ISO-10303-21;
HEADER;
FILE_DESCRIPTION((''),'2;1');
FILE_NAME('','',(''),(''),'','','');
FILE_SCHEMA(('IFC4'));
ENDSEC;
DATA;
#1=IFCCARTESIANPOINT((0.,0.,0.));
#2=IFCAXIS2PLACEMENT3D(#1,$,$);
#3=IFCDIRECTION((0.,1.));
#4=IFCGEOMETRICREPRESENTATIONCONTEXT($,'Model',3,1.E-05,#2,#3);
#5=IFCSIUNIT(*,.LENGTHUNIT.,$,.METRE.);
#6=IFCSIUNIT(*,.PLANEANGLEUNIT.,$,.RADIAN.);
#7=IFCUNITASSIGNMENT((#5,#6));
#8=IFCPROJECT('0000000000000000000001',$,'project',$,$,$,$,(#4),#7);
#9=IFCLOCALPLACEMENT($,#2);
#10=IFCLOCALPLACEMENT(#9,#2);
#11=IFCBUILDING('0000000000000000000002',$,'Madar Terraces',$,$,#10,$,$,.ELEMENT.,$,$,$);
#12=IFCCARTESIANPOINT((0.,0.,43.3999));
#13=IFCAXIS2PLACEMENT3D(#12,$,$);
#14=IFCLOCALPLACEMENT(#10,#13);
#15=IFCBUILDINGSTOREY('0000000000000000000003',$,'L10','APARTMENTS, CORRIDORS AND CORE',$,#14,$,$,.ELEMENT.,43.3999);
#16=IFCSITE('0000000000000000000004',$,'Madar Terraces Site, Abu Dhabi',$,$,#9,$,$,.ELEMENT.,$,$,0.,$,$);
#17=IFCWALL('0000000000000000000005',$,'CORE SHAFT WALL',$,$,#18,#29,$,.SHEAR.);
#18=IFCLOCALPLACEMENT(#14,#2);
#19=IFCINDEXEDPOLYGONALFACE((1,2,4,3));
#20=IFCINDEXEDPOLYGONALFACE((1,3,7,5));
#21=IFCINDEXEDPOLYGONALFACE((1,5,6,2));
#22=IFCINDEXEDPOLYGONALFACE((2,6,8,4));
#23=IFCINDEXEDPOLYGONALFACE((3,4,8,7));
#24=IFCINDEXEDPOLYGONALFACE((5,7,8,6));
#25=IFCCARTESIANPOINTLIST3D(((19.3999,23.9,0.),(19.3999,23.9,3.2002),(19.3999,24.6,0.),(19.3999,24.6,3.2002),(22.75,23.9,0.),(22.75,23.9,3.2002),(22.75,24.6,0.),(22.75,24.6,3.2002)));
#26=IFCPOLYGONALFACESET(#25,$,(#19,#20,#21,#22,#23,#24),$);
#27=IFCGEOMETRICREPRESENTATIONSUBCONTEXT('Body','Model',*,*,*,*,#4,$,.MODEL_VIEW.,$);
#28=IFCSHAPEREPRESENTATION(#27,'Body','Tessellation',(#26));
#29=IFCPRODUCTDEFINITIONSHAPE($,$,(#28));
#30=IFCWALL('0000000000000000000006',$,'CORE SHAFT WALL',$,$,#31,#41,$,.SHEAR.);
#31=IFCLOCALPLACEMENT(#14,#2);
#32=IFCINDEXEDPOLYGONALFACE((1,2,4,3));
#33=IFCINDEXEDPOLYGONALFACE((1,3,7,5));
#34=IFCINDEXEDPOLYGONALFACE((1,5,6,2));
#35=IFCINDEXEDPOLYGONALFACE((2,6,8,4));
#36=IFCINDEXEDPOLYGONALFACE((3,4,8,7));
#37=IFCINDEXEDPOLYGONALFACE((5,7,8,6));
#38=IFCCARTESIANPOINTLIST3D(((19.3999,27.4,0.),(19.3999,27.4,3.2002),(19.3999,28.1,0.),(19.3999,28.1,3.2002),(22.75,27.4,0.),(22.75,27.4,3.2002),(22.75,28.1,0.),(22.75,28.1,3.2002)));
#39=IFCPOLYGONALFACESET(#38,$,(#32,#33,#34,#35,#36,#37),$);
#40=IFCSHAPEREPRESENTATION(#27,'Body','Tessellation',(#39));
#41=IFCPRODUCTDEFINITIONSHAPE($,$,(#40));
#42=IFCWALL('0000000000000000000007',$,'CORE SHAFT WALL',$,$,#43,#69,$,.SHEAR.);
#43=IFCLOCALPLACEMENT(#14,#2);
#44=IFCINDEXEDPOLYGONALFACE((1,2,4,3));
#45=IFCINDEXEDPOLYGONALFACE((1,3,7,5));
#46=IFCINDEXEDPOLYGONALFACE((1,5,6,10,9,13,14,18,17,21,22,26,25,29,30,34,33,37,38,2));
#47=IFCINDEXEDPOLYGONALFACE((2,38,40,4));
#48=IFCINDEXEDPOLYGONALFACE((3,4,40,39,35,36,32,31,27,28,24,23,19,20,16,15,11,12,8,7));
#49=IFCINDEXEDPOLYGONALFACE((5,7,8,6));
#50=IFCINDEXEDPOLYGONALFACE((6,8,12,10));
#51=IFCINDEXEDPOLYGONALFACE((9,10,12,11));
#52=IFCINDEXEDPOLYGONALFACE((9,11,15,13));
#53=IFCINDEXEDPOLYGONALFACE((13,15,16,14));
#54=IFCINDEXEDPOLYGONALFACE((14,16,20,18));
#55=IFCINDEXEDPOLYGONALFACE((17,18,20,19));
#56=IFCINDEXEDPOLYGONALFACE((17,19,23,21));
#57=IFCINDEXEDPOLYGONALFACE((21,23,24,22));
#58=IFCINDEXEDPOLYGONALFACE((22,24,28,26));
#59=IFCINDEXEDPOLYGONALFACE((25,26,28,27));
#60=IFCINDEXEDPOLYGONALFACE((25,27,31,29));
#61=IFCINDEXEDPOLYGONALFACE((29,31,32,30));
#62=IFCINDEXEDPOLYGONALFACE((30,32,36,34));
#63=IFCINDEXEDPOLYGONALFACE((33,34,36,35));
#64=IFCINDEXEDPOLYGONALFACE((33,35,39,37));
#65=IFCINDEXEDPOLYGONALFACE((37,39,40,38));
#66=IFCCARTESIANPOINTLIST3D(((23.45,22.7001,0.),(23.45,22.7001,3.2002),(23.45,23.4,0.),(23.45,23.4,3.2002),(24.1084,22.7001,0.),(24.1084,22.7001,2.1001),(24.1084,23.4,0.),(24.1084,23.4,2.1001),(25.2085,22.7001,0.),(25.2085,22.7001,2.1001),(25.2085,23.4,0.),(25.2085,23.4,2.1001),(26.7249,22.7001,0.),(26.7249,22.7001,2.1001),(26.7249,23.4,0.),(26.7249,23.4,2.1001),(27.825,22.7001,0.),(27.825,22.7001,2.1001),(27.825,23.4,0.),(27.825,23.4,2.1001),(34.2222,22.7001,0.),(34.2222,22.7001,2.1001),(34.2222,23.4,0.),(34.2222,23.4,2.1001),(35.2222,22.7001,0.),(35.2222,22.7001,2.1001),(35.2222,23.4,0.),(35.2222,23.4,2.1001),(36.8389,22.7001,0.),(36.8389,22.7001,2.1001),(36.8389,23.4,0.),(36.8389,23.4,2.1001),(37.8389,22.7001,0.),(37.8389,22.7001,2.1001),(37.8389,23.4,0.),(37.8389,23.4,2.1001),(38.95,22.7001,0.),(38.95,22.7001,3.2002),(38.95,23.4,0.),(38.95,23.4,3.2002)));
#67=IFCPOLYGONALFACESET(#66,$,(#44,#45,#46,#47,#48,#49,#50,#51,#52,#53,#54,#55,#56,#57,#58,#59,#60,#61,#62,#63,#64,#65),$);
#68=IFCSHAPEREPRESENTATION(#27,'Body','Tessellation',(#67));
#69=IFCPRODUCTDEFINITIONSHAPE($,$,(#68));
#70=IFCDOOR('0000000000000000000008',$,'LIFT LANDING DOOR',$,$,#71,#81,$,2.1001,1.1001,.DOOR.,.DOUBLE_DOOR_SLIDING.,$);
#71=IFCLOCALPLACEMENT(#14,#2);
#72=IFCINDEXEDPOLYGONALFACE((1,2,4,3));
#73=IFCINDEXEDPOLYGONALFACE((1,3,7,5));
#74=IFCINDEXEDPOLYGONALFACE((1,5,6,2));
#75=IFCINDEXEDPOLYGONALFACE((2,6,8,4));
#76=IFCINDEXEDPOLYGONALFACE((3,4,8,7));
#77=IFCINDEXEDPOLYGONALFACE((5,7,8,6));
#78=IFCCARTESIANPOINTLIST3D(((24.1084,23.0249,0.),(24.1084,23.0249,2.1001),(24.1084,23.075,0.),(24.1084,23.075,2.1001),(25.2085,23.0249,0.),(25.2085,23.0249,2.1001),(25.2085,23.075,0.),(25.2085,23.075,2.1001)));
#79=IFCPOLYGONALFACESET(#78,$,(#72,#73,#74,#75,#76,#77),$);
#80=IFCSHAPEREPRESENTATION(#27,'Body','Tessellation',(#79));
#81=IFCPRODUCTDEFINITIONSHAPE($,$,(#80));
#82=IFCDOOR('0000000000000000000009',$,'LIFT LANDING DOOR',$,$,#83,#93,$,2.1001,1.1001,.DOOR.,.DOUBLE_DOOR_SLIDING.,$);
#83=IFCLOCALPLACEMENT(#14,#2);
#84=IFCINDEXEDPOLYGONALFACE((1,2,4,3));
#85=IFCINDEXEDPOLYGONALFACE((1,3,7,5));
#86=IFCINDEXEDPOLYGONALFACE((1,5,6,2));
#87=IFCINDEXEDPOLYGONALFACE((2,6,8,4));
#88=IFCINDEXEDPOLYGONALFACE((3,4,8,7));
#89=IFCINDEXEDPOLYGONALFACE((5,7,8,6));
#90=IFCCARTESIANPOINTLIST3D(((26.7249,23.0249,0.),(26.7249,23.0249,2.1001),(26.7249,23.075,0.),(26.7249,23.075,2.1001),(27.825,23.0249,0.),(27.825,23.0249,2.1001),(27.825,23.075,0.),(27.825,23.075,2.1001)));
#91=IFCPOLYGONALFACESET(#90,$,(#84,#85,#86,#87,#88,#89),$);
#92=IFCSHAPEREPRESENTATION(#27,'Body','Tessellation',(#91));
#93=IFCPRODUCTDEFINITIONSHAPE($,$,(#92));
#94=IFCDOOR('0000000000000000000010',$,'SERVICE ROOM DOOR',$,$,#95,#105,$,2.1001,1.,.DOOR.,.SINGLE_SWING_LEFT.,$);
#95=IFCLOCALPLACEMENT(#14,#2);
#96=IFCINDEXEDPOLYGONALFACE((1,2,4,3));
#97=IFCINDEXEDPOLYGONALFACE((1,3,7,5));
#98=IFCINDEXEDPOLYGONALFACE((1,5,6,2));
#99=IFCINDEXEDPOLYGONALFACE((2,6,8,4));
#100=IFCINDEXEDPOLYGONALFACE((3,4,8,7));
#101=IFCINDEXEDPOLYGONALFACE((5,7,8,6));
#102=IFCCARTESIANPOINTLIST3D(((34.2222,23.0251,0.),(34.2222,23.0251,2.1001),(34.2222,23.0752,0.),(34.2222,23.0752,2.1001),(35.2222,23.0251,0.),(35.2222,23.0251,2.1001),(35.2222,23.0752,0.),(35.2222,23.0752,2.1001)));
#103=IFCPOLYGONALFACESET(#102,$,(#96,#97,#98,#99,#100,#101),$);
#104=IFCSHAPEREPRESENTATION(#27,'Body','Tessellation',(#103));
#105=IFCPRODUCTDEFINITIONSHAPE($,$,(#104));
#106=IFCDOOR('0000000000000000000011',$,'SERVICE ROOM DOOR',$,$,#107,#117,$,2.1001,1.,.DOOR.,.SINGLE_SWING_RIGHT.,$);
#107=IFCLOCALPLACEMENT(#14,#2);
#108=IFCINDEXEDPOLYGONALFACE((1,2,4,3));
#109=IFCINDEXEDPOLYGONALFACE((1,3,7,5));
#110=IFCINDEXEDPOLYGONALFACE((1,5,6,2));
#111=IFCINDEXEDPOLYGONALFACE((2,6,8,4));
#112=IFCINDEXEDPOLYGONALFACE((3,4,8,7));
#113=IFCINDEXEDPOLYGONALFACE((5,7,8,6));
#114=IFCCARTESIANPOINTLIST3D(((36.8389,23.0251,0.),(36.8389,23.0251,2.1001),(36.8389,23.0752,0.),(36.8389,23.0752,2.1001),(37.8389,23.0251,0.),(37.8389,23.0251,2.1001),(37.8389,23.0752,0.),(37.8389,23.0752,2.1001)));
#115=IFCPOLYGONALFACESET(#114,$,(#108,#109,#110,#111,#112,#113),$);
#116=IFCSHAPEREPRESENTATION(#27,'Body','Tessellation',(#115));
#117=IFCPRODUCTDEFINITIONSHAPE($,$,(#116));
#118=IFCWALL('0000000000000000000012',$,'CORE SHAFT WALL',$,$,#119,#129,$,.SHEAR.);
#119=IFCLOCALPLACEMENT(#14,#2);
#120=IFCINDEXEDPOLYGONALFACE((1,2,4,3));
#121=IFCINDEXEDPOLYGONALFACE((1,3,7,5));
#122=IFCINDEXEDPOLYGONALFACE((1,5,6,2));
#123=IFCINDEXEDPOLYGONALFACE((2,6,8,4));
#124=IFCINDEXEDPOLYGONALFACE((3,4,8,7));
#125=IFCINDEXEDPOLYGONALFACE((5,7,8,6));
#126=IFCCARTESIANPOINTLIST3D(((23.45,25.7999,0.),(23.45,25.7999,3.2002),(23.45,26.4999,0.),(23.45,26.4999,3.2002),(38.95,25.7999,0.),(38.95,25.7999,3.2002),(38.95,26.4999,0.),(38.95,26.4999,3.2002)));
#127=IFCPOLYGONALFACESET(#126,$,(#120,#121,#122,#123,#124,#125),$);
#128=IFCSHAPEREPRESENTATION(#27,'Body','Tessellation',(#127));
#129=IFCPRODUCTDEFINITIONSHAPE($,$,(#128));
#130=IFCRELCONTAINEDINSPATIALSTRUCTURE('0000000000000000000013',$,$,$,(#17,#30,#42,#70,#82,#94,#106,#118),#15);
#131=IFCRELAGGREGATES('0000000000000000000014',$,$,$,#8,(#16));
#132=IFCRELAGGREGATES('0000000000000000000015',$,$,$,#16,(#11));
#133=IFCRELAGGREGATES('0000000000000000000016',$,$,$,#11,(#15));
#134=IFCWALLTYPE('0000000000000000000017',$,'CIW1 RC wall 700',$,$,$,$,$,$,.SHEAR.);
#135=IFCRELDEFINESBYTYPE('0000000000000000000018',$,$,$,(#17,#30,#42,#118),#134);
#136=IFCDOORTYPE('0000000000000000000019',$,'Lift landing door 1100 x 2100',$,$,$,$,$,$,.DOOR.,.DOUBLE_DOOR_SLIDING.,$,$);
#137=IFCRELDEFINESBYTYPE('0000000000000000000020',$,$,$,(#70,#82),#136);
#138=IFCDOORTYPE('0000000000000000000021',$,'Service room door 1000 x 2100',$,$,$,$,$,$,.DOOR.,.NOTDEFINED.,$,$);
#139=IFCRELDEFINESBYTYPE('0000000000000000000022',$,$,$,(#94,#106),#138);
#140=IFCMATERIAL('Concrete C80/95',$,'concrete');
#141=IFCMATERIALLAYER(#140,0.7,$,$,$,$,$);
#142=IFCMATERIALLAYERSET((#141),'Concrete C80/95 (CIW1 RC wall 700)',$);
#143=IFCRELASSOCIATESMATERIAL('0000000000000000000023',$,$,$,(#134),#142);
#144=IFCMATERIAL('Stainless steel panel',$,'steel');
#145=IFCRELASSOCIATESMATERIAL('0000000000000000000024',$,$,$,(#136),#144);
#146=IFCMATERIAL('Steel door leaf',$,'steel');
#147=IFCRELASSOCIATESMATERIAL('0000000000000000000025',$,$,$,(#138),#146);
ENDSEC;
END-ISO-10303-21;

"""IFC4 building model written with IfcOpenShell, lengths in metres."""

from ifc_helpers import new_model, si_unit, direction, frame, frame_2d, origin, place, context, subcontext, project, spatial, rectangle, extrude, material, layer, layer_set, type_object, element, fill, save


model = new_model("IFC4")

# Units and contexts
model_context = context("Model", 3, precision=1e-05, world=origin(), true_north=direction((0.0, 1.0)))
body_context = subcontext(model_context, "Body", "Model", "MODEL_VIEW")
ifc_project = project(units=[si_unit("LENGTHUNIT", "METRE"), si_unit("PLANEANGLEUNIT", "RADIAN")], contexts=[model_context])

# Site, building, storey
site_placement = place(None, origin())
site = spatial("IfcSite", under=ifc_project, at=site_placement, Name="Madar Terraces Site, Abu Dhabi", CompositionType="ELEMENT", RefElevation=0.0)
building_placement = place(site_placement, origin())
building = spatial("IfcBuilding", under=site, at=building_placement, Name="Madar Terraces", CompositionType="ELEMENT")
storey_placement = place(building_placement, frame((0.0, 0.0, 43.3999)))
storey = spatial("IfcBuildingStorey", under=building, at=storey_placement, Name="L10", Description="APARTMENTS, CORRIDORS AND CORE", CompositionType="ELEMENT", Elevation=43.3999)

# Walls
ifc_material_1 = material(Name="Concrete C80/95", Category="concrete")
ifc_layer_1 = layer(ifc_material_1, 0.7)
ifc_layer_set_1 = layer_set([ifc_layer_1], Name="Concrete C80/95 (CIW1 RC wall 700)")
wall_type_1 = type_object("IfcWallType", Name="CIW1 RC wall 700", PredefinedType="SHEAR", material=ifc_layer_set_1)
for number, where, z_axis, x_axis, name in (
    (1, (19.3999, 24.25, 0.0), (0.0, 0.0, 1.0), (1.0, 0.0, 0.0), "CORE SHAFT WALL"),
    (2, (19.3999, 27.75, 0.0), (0.0, 0.0, 1.0), (1.0, 0.0, 0.0), "CORE SHAFT WALL"),
):
    element("IfcWall", number, at=place(storey_placement, frame(where, z_axis=z_axis, x_axis=x_axis)), inside=storey, type_object=wall_type_1, Name=name, PredefinedType="SHEAR", context=body_context, shape_type="SweptSolid", body=[
        extrude(rectangle(XDim=3.3501, YDim=0.7, at=frame_2d((1.675, 0.0))), origin(), (0.0, 0.0, 1.0), 3.2002),
    ])

# Wall, openings, doors
wall_1_placement = place(storey_placement, frame((23.45, 23.05, 0.0), z_axis=(0.0, 0.0, 1.0), x_axis=(1.0, 0.0, 0.0)))
wall_1 = element("IfcWall", 3, at=wall_1_placement, inside=storey, type_object=wall_type_1, Name="CORE SHAFT WALL", PredefinedType="SHEAR", context=body_context, shape_type="SweptSolid", body=[
    extrude(rectangle(XDim=15.5, YDim=0.7, at=frame_2d((7.75, 0.0))), origin(), (0.0, 0.0, 1.0), 3.2002),
])
opening_1_placement = place(wall_1_placement, frame((0.6584, 0.0, 0.0)))
opening_1 = element("IfcOpeningElement", 4, at=opening_1_placement, cuts=wall_1, PredefinedType="OPENING", context=body_context, shape_type="SweptSolid", body=[
    extrude(rectangle(XDim=1.1001, YDim=2.1001, at=frame_2d((0.55, 1.05))), frame((0.0, 0.3599, 0.0), z_axis=(0.0, -1.0, 0.0), x_axis=(1.0, 0.0, 0.0)), (0.0, 0.0, 1.0), 0.72),
])
opening_2_placement = place(wall_1_placement, frame((3.2749, 0.0, 0.0)))
opening_2 = element("IfcOpeningElement", 5, at=opening_2_placement, cuts=wall_1, PredefinedType="OPENING", context=body_context, shape_type="SweptSolid", body=[
    extrude(rectangle(XDim=1.1001, YDim=2.1001, at=frame_2d((0.55, 1.05))), frame((0.0, 0.3599, 0.0), z_axis=(0.0, -1.0, 0.0), x_axis=(1.0, 0.0, 0.0)), (0.0, 0.0, 1.0), 0.72),
])
opening_3_placement = place(wall_1_placement, frame((10.7722, 0.0, 0.0)))
opening_3 = element("IfcOpeningElement", 6, at=opening_3_placement, cuts=wall_1, PredefinedType="OPENING", context=body_context, shape_type="SweptSolid", body=[
    extrude(rectangle(XDim=1.0, YDim=2.1001, at=frame_2d((0.5, 1.05))), frame((0.0, 0.3599, 0.0), z_axis=(0.0, -1.0, 0.0), x_axis=(1.0, 0.0, 0.0)), (0.0, 0.0, 1.0), 0.72),
])
opening_4_placement = place(wall_1_placement, frame((13.3889, 0.0, 0.0)))
opening_4 = element("IfcOpeningElement", 7, at=opening_4_placement, cuts=wall_1, PredefinedType="OPENING", context=body_context, shape_type="SweptSolid", body=[
    extrude(rectangle(XDim=1.0, YDim=2.1001, at=frame_2d((0.5, 1.05))), frame((0.0, 0.3599, 0.0), z_axis=(0.0, -1.0, 0.0), x_axis=(1.0, 0.0, 0.0)), (0.0, 0.0, 1.0), 0.72),
])
ifc_material_2 = material(Name="Stainless steel panel", Category="steel")
door_type_1 = type_object("IfcDoorType", Name="Lift landing door 1100 x 2100", OperationType="DOUBLE_DOOR_SLIDING", PredefinedType="DOOR", material=ifc_material_2)
door_1_placement = place(opening_1_placement, origin())
door_1 = element("IfcDoor", 8, at=door_1_placement, inside=storey, type_object=door_type_1, Name="LIFT LANDING DOOR", OperationType="DOUBLE_DOOR_SLIDING", OverallHeight=2.1001, OverallWidth=1.1001, PredefinedType="DOOR", context=body_context, shape_type="SweptSolid", body=[
    extrude(rectangle(XDim=1.1001, YDim=2.1001, at=frame_2d((0.55, 1.05))), frame((0.0, 0.0249, 0.0), z_axis=(0.0, -1.0, 0.0), x_axis=(1.0, 0.0, 0.0)), (0.0, 0.0, 1.0), 0.05),
])
fill(opening_1, door_1)
door_2_placement = place(opening_2_placement, origin())
door_2 = element("IfcDoor", 9, at=door_2_placement, inside=storey, type_object=door_type_1, Name="LIFT LANDING DOOR", OperationType="DOUBLE_DOOR_SLIDING", OverallHeight=2.1001, OverallWidth=1.1001, PredefinedType="DOOR", context=body_context, shape_type="SweptSolid", body=[
    extrude(rectangle(XDim=1.1001, YDim=2.1001, at=frame_2d((0.55, 1.05))), frame((0.0, 0.0249, 0.0), z_axis=(0.0, -1.0, 0.0), x_axis=(1.0, 0.0, 0.0)), (0.0, 0.0, 1.0), 0.05),
])
fill(opening_2, door_2)
ifc_material_3 = material(Name="Steel door leaf", Category="steel")
door_type_2 = type_object("IfcDoorType", Name="Service room door 1000 x 2100", OperationType="NOTDEFINED", PredefinedType="DOOR", material=ifc_material_3)
door_3_placement = place(opening_3_placement, frame((1.0, 0.0, 0.0), z_axis=(0.0, 0.0, 1.0), x_axis=(-1.0, 0.0, 0.0)))
door_3 = element("IfcDoor", 10, at=door_3_placement, inside=storey, type_object=door_type_2, Name="SERVICE ROOM DOOR", OperationType="SINGLE_SWING_LEFT", OverallHeight=2.1001, OverallWidth=1.0, PredefinedType="DOOR", context=body_context, shape_type="SweptSolid", body=[
    extrude(rectangle(XDim=1.0, YDim=2.1001, at=frame_2d((0.5, 1.05))), frame((0.0, 0.0249, 0.0), z_axis=(0.0, -1.0, 0.0), x_axis=(1.0, 0.0, 0.0)), (0.0, 0.0, 1.0), 0.05),
])
fill(opening_3, door_3)
door_4_placement = place(opening_4_placement, frame((1.0, 0.0, 0.0), z_axis=(0.0, 0.0, 1.0), x_axis=(-1.0, 0.0, 0.0)))
door_4 = element("IfcDoor", 11, at=door_4_placement, inside=storey, type_object=door_type_2, Name="SERVICE ROOM DOOR", OperationType="SINGLE_SWING_RIGHT", OverallHeight=2.1001, OverallWidth=1.0, PredefinedType="DOOR", context=body_context, shape_type="SweptSolid", body=[
    extrude(rectangle(XDim=1.0, YDim=2.1001, at=frame_2d((0.5, 1.05))), frame((0.0, 0.0249, 0.0), z_axis=(0.0, -1.0, 0.0), x_axis=(1.0, 0.0, 0.0)), (0.0, 0.0, 1.0), 0.05),
])
fill(opening_4, door_4)

# Wall
wall_2_placement = place(storey_placement, frame((23.45, 26.1499, 0.0), z_axis=(0.0, 0.0, 1.0), x_axis=(1.0, 0.0, 0.0)))
element("IfcWall", 12, at=wall_2_placement, inside=storey, type_object=wall_type_1, Name="CORE SHAFT WALL", PredefinedType="SHEAR", context=body_context, shape_type="SweptSolid", body=[
    extrude(rectangle(XDim=15.5, YDim=0.7, at=frame_2d((7.75, 0.0))), origin(), (0.0, 0.0, 1.0), 3.2002),
])

save(model, "model.ifc")
